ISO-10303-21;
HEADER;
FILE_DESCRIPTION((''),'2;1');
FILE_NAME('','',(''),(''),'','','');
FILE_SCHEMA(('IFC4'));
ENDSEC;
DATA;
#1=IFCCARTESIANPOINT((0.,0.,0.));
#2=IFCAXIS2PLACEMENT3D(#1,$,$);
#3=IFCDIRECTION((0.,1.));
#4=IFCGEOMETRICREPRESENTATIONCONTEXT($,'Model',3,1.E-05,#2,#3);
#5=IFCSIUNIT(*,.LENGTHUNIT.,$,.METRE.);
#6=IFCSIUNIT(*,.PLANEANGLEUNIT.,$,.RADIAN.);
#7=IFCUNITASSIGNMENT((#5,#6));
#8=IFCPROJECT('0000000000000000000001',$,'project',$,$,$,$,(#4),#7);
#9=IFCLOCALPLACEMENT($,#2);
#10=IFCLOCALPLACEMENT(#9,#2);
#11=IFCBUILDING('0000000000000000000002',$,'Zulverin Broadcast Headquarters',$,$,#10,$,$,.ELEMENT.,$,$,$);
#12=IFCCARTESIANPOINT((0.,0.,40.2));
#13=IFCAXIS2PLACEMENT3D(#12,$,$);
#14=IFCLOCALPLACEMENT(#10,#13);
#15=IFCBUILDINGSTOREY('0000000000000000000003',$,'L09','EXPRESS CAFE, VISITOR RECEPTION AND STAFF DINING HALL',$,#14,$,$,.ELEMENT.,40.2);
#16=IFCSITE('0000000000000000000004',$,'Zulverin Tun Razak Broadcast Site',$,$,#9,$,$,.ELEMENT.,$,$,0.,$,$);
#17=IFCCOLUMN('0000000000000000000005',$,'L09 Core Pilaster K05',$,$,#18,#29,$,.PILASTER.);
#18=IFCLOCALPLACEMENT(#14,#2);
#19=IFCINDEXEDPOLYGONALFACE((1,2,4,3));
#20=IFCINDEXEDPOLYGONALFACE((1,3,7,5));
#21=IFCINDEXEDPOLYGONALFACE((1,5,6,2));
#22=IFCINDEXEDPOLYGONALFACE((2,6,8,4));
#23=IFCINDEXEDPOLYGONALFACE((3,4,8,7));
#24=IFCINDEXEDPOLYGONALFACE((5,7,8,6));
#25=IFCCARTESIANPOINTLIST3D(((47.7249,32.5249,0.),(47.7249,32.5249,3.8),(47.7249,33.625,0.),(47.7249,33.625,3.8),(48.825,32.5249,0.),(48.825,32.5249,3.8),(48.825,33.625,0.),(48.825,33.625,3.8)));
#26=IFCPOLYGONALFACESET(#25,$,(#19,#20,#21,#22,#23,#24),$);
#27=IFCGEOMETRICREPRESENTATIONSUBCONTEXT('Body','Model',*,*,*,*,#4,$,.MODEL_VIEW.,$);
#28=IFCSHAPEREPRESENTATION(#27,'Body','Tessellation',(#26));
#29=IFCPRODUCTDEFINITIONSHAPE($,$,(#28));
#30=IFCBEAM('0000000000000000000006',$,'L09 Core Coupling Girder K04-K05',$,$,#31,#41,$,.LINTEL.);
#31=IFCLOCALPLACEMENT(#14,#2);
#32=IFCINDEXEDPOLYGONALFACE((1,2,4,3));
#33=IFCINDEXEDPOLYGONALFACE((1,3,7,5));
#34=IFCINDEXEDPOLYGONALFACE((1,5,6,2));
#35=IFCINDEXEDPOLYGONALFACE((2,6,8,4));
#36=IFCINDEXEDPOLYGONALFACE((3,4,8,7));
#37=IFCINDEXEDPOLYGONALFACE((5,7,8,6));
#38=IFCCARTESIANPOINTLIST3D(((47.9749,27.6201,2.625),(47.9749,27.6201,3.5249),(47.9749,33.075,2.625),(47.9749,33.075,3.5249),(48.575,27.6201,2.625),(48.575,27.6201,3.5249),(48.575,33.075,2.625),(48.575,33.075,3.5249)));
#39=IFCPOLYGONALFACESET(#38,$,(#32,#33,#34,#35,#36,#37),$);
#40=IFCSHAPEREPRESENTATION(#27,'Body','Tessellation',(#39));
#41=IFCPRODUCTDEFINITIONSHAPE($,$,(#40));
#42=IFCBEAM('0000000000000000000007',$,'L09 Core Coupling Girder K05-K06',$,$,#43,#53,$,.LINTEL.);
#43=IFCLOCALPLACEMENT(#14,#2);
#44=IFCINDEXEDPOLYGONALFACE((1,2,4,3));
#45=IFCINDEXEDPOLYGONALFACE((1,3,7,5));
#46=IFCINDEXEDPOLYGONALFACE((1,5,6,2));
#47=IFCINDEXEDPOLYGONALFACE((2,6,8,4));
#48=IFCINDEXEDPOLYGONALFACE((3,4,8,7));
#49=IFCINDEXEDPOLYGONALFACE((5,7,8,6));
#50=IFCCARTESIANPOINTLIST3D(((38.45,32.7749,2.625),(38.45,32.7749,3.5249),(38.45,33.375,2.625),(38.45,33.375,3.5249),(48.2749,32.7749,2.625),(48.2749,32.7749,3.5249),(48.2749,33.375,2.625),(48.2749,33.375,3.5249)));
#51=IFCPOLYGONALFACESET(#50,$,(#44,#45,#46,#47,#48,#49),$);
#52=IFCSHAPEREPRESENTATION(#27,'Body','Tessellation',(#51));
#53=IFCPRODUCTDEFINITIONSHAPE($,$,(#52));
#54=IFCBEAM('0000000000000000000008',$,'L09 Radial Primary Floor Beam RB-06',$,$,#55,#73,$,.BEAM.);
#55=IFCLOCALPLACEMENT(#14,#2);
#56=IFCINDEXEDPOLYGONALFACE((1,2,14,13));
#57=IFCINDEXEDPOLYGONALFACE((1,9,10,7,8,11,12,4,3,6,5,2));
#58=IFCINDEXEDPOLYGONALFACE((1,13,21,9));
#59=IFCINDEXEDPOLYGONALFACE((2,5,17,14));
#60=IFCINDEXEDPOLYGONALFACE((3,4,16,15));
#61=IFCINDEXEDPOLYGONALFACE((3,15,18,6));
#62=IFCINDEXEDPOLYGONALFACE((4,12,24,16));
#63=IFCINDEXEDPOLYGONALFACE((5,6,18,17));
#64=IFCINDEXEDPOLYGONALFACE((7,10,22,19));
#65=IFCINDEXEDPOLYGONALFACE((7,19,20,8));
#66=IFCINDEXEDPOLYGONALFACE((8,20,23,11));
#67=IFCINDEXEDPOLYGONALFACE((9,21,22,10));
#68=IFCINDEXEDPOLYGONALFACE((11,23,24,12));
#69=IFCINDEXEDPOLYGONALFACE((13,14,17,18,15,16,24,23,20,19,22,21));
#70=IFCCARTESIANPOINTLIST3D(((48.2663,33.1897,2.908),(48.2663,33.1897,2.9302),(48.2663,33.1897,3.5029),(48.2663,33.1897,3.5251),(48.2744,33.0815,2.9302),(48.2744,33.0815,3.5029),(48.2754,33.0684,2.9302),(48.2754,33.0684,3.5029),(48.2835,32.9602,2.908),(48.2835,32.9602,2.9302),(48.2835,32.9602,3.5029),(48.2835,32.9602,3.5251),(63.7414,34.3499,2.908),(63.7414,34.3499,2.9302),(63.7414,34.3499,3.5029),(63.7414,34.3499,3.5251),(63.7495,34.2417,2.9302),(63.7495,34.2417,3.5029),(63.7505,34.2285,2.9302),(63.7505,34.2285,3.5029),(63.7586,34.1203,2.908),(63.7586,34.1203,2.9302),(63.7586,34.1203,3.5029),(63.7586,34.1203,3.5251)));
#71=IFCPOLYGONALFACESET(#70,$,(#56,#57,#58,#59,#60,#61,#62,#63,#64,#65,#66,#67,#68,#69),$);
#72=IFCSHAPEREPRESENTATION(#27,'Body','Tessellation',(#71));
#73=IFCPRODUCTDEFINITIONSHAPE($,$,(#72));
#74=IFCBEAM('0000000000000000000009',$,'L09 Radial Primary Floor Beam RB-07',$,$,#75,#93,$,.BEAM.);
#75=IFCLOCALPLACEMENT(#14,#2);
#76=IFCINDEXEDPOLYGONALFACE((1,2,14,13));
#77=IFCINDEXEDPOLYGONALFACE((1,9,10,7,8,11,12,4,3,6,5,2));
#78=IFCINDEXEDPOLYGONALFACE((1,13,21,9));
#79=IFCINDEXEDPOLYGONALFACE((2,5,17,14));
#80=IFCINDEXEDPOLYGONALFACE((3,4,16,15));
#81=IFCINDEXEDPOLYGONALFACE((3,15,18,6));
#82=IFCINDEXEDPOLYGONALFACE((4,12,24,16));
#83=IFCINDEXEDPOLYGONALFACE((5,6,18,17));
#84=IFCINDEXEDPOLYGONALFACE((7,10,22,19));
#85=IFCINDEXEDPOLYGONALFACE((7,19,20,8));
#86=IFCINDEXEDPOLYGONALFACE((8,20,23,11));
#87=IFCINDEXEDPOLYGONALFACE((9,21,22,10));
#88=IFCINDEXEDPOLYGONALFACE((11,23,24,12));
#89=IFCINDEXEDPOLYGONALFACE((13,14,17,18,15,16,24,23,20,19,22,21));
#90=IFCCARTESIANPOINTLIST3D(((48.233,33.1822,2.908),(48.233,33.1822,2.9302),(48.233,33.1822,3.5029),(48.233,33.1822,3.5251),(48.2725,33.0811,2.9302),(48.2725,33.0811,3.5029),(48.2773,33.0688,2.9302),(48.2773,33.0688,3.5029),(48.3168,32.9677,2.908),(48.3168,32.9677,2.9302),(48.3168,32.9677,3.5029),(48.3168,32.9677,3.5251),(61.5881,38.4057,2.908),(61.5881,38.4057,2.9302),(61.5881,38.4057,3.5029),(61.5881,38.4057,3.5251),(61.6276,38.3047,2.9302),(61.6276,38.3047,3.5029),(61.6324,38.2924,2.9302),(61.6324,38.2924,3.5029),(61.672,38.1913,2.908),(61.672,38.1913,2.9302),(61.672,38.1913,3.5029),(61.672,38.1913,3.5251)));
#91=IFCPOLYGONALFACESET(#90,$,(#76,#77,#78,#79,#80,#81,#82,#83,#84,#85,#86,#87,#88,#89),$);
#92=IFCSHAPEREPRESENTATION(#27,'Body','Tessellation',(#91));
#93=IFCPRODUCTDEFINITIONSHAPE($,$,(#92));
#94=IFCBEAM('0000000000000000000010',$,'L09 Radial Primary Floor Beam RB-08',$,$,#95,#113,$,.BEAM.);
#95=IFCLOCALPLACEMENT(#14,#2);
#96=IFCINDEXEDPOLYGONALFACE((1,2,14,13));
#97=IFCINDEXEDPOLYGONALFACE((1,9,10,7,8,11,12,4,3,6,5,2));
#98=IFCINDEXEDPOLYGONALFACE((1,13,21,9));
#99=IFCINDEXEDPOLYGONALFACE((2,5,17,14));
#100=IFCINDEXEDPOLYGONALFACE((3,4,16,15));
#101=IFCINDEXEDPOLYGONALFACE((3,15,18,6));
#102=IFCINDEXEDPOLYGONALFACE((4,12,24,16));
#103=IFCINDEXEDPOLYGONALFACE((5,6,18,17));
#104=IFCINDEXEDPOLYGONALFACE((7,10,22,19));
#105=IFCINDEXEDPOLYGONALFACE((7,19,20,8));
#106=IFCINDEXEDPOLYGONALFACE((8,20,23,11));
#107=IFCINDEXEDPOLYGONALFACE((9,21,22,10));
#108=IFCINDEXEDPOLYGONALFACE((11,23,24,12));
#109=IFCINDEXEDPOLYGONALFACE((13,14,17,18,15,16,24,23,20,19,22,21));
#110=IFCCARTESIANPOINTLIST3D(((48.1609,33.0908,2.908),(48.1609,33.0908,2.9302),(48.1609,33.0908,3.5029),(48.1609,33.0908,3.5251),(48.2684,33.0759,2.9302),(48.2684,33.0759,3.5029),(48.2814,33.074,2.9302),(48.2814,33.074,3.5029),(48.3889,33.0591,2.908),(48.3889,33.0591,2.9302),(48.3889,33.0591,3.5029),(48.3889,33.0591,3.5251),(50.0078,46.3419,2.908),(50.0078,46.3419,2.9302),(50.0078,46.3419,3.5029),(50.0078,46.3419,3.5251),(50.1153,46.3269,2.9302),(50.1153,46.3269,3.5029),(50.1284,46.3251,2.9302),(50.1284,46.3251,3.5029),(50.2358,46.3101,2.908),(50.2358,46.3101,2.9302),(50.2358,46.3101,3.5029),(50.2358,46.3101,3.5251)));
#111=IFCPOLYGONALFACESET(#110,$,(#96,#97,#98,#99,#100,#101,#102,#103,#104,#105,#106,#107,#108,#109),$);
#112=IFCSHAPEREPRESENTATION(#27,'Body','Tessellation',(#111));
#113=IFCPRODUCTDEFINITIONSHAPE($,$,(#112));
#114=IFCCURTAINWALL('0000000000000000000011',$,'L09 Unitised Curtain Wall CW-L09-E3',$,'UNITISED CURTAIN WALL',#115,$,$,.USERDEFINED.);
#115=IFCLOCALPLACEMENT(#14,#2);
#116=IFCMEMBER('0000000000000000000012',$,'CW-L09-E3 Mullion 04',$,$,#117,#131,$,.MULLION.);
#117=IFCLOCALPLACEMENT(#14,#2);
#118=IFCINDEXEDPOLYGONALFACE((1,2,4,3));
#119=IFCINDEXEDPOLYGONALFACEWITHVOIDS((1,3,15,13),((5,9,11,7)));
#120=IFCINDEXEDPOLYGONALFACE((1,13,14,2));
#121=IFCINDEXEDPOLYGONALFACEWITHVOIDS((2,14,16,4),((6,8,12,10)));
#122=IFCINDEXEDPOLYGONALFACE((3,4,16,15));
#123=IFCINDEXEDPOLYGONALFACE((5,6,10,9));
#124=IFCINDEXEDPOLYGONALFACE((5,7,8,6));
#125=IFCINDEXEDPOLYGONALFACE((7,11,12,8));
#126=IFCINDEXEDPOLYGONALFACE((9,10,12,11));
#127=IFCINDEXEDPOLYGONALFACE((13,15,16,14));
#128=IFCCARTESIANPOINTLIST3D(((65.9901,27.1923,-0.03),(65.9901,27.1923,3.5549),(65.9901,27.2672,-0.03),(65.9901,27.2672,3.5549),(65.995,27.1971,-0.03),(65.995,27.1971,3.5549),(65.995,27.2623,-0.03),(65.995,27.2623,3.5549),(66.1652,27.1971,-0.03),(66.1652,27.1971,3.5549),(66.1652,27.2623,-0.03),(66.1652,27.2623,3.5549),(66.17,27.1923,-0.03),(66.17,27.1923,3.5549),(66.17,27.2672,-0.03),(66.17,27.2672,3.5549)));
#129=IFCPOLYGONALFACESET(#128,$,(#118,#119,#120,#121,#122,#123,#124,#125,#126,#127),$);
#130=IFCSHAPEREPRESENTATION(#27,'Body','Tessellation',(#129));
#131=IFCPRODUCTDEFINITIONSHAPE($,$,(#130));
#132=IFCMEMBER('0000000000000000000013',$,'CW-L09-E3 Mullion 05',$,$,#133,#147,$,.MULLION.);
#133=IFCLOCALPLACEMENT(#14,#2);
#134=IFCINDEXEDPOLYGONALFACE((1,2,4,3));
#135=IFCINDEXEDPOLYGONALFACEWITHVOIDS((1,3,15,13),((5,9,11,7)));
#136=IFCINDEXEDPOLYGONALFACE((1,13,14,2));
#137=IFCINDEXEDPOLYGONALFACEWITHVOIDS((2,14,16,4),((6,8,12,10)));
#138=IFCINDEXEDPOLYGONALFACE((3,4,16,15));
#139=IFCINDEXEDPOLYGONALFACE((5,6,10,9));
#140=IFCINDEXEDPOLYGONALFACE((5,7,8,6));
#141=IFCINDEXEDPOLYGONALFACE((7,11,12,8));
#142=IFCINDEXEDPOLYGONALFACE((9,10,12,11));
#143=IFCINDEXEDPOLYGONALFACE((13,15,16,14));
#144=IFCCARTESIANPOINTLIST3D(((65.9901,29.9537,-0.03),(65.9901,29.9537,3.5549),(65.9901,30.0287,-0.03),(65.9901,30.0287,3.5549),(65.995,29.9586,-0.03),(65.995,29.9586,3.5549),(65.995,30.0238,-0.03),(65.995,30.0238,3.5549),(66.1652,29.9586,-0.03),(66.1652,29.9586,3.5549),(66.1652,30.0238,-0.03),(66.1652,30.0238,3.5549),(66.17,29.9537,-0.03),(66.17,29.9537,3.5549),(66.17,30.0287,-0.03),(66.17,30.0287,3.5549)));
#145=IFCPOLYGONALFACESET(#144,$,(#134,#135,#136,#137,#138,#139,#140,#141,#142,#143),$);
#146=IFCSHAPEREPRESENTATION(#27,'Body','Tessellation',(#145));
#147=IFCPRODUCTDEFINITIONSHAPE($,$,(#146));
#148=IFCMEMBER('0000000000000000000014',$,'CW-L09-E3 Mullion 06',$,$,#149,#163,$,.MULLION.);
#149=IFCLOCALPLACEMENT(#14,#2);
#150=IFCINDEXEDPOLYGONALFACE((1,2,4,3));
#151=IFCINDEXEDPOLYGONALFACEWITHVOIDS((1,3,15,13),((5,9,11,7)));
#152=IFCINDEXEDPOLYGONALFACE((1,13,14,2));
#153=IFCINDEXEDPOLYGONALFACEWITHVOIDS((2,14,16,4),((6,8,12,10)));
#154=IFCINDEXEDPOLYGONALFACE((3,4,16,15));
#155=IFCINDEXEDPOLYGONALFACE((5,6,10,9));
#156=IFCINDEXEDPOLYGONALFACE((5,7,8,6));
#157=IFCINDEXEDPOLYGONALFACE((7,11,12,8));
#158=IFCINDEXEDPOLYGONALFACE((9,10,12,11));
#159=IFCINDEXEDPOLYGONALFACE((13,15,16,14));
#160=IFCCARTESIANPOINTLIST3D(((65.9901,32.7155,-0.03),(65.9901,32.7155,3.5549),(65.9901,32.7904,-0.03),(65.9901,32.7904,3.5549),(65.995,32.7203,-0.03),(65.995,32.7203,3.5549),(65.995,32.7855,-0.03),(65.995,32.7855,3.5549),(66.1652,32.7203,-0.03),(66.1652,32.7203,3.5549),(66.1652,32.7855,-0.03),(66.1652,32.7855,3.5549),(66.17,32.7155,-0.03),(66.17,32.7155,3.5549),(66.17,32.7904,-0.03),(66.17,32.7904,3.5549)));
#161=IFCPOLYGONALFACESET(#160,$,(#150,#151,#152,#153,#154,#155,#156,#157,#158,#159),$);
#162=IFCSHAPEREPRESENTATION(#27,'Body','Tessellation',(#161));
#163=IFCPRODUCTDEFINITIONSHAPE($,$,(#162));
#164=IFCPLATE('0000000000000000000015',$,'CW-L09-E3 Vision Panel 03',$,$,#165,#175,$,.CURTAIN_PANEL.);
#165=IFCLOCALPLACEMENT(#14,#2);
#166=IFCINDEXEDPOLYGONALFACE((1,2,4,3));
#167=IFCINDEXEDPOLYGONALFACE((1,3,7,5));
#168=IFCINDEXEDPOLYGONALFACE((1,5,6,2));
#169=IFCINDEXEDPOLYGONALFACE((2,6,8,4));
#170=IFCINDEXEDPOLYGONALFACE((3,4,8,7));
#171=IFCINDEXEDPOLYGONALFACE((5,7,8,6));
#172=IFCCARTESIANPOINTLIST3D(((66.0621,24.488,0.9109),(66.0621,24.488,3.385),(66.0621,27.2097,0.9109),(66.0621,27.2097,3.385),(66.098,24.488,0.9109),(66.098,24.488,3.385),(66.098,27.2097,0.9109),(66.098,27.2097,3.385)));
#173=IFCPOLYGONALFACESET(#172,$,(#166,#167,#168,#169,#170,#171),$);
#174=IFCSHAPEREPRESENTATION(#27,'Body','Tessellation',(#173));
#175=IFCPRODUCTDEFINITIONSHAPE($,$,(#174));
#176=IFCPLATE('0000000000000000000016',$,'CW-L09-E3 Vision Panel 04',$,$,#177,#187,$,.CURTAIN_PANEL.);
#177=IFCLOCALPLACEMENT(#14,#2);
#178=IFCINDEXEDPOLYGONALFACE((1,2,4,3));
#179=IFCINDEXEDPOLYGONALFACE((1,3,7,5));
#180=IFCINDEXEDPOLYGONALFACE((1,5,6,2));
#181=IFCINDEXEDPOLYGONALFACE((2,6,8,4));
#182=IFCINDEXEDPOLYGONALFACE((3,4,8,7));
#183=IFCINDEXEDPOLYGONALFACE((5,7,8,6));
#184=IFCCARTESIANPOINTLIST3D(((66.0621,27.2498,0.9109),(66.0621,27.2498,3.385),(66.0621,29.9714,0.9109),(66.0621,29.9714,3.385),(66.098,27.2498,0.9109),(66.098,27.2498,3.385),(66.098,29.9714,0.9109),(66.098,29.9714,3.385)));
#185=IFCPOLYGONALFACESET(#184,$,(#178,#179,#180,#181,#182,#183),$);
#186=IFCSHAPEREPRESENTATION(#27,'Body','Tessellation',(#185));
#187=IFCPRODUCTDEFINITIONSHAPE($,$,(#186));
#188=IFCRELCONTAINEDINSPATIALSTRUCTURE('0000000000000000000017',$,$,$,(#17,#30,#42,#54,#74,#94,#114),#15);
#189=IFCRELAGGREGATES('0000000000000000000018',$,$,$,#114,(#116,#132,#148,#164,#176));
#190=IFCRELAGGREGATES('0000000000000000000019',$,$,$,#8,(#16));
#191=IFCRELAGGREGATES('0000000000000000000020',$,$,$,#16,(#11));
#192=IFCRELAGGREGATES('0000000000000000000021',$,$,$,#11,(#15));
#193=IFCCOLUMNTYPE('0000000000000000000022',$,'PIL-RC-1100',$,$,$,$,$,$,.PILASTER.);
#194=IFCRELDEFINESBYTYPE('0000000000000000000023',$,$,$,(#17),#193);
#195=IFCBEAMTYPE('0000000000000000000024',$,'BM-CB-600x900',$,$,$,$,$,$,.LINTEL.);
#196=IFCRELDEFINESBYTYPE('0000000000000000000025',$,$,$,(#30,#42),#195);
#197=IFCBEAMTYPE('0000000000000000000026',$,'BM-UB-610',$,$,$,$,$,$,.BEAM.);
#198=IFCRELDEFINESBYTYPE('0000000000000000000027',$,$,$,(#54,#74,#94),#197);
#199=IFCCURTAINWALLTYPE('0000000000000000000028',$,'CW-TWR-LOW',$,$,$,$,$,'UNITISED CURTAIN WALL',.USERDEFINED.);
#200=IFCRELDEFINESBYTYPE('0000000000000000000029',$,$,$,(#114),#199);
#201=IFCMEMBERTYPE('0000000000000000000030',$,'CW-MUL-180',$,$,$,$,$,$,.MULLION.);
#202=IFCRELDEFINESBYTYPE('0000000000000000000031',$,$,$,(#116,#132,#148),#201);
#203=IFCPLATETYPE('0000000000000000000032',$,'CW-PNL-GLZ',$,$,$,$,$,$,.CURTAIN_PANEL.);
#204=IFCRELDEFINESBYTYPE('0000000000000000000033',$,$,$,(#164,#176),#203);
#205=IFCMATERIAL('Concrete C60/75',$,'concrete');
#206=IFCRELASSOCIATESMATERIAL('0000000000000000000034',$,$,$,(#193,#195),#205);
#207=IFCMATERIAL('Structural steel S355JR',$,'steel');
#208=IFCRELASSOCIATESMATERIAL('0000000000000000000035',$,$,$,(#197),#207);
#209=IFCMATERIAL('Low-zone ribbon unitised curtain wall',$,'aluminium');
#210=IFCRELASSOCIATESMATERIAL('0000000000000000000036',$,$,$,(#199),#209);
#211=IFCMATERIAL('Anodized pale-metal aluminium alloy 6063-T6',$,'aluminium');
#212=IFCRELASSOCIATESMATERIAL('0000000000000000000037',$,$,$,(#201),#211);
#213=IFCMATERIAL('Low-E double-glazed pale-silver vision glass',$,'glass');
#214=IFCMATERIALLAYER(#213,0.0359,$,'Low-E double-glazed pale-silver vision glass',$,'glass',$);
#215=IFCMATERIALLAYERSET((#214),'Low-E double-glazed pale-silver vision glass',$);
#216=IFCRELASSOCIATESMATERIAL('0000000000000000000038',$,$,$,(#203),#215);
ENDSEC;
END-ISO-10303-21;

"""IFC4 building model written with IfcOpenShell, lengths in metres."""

from ifc_helpers import new_model, si_unit, direction, frame, origin, origin_2d, place, context, subcontext, project, spatial, rectangle, hollow_rectangle, i_section, extrude, material, layer, layer_set, material_profile, profile_set, type_object, element, aggregate, save


model = new_model("IFC4")

# Units and contexts
model_context = context("Model", 3, precision=1e-05, world=origin(), true_north=direction((0.0, 1.0)))
body_context = subcontext(model_context, "Body", "Model", "MODEL_VIEW")
ifc_project = project(units=[si_unit("LENGTHUNIT", "METRE"), si_unit("PLANEANGLEUNIT", "RADIAN")], contexts=[model_context])

# Site, building, storey
site_placement = place(None, origin())
site = spatial("IfcSite", under=ifc_project, at=site_placement, Name="Zulverin Tun Razak Broadcast Site", CompositionType="ELEMENT", RefElevation=0.0)
building_placement = place(site_placement, origin())
building = spatial("IfcBuilding", under=site, at=building_placement, Name="Zulverin Broadcast Headquarters", CompositionType="ELEMENT")
storey_placement = place(building_placement, frame((0.0, 0.0, 40.2)))
storey = spatial("IfcBuildingStorey", under=building, at=storey_placement, Name="L09", Description="EXPRESS CAFE, VISITOR RECEPTION AND STAFF DINING HALL", CompositionType="ELEMENT", Elevation=40.2)

# Column
ifc_material_1 = material(Name="Concrete C60/75", Category="concrete")
ifc_material_profile_1 = material_profile(ifc_material_1, rectangle(XDim=1.1001, YDim=1.1001, at=origin_2d()), Name="Concrete C60/75", Category="concrete")
ifc_profile_set_1 = profile_set([ifc_material_profile_1], Name="Concrete C60/75")
column_type = type_object("IfcColumnType", Name="PIL-RC-1100", PredefinedType="PILASTER", material=ifc_profile_set_1)
column_placement = place(storey_placement, frame((48.2749, 33.075, 0.0), z_axis=(0.0, 0.0, 1.0), x_axis=(1.0, 0.0, 0.0)))
element("IfcColumn", 1, at=column_placement, inside=storey, type_object=column_type, Name="L09 Core Pilaster K05", PredefinedType="PILASTER", context=body_context, shape_type="SweptSolid", body=[
    extrude(rectangle(XDim=1.1001, YDim=1.1001, at=origin_2d()), origin(), (0.0, 0.0, 1.0), 3.8),
])

# Beams
ifc_material_profile_2 = material_profile(ifc_material_1, rectangle(XDim=0.6001, YDim=0.8999, at=origin_2d()), Name="Concrete C60/75", Category="concrete")
ifc_profile_set_2 = profile_set([ifc_material_profile_2], Name="Concrete C60/75")
beam_type_1 = type_object("IfcBeamType", Name="BM-CB-600x900", PredefinedType="LINTEL", material=ifc_profile_set_2)
beam_1_placement = place(storey_placement, frame((48.2749, 27.6201, 3.075), z_axis=(0.0, 1.0, 0.0), x_axis=(-1.0, 0.0, 0.0)))
element("IfcBeam", 2, at=beam_1_placement, inside=storey, type_object=beam_type_1, Name="L09 Core Coupling Girder K04-K05", PredefinedType="LINTEL", context=body_context, shape_type="SweptSolid", body=[
    extrude(rectangle(XDim=0.6001, YDim=0.8999, at=origin_2d()), origin(), (0.0, 0.0, 1.0), 5.4548),
])
beam_2_placement = place(storey_placement, frame((48.2749, 33.075, 3.075), z_axis=(-1.0, 0.0, 0.0), x_axis=(0.0, -1.0, 0.0)))
element("IfcBeam", 3, at=beam_2_placement, inside=storey, type_object=beam_type_1, Name="L09 Core Coupling Girder K05-K06", PredefinedType="LINTEL", context=body_context, shape_type="SweptSolid", body=[
    extrude(rectangle(XDim=0.6001, YDim=0.8999, at=origin_2d()), origin(), (0.0, 0.0, 1.0), 9.825),
])
ifc_material_2 = material(Name="Structural steel S355JR", Category="steel")
ifc_material_profile_3 = material_profile(ifc_material_2, i_section(OverallWidth=0.2302, OverallDepth=0.6172, WebThickness=0.0132, FlangeThickness=0.0222, at=origin_2d()), Name="Structural steel S355JR", Category="steel")
ifc_profile_set_3 = profile_set([ifc_material_profile_3], Name="Structural steel S355JR")
beam_type_2 = type_object("IfcBeamType", Name="BM-UB-610", PredefinedType="BEAM", material=ifc_profile_set_3)
beam_3_placement = place(storey_placement, frame((48.2749, 33.075, 3.2166), z_axis=(0.997202, 0.074759, 0.0), x_axis=(-0.074759, 0.997202, 0.0)))
element("IfcBeam", 4, at=beam_3_placement, inside=storey, type_object=beam_type_2, Name="L09 Radial Primary Floor Beam RB-06", PredefinedType="BEAM", context=body_context, shape_type="SweptSolid", body=[
    extrude(i_section(OverallWidth=0.2302, OverallDepth=0.6172, WebThickness=0.0132, FlangeThickness=0.0222, at=origin_2d()), origin(), (0.0, 0.0, 1.0), 15.5186),
])
beam_4_placement = place(storey_placement, frame((48.2749, 33.075, 3.2166), z_axis=(0.931298, 0.364259, 0.0), x_axis=(-0.364259, 0.931298, 0.0)))
element("IfcBeam", 5, at=beam_4_placement, inside=storey, type_object=beam_type_2, Name="L09 Radial Primary Floor Beam RB-07", PredefinedType="BEAM", context=body_context, shape_type="SweptSolid", body=[
    extrude(i_section(OverallWidth=0.2302, OverallDepth=0.6172, WebThickness=0.0132, FlangeThickness=0.0222, at=origin_2d()), origin(), (0.0, 0.0, 1.0), 14.3403),
])
beam_5_placement = place(storey_placement, frame((48.2749, 33.075, 3.2166), z_axis=(0.138046, 0.990426, 0.0), x_axis=(-0.990426, 0.138046, 0.0)))
element("IfcBeam", 6, at=beam_5_placement, inside=storey, type_object=beam_type_2, Name="L09 Radial Primary Floor Beam RB-08", PredefinedType="BEAM", context=body_context, shape_type="SweptSolid", body=[
    extrude(i_section(OverallWidth=0.2302, OverallDepth=0.6172, WebThickness=0.0132, FlangeThickness=0.0222, at=origin_2d()), origin(), (0.0, 0.0, 1.0), 13.3792),
])

# Curtain wall, members, plates
ifc_material_3 = material(Name="Low-zone ribbon unitised curtain wall", Category="aluminium")
curtain_wall_type = type_object("IfcCurtainWallType", Name="CW-TWR-LOW", ElementType="UNITISED CURTAIN WALL", PredefinedType="USERDEFINED", material=ifc_material_3)
curtain_wall_placement = place(storey_placement, origin())
curtain_wall = element("IfcCurtainWall", 7, at=curtain_wall_placement, inside=storey, type_object=curtain_wall_type, Name="L09 Unitised Curtain Wall CW-L09-E3", ObjectType="UNITISED CURTAIN WALL", PredefinedType="USERDEFINED")
ifc_material_4 = material(Name="Anodized pale-metal aluminium alloy 6063-T6", Category="aluminium")
ifc_material_profile_4 = material_profile(ifc_material_4, hollow_rectangle(XDim=0.075, YDim=0.1799, WallThickness=0.0049, at=origin_2d()), Name="Anodized pale-metal aluminium alloy 6063-T6", Category="aluminium")
ifc_profile_set_4 = profile_set([ifc_material_profile_4], Name="Anodized pale-metal aluminium alloy 6063-T6")
member_type = type_object("IfcMemberType", Name="CW-MUL-180", PredefinedType="MULLION", material=ifc_profile_set_4)
member_1_placement = place(storey_placement, frame((66.0801, 27.2297, -0.03), z_axis=(0.0, 0.0, 1.0), x_axis=(0.0, 1.0, 0.0)))
member_1 = element("IfcMember", 8, at=member_1_placement, type_object=member_type, Name="CW-L09-E3 Mullion 04", PredefinedType="MULLION", context=body_context, shape_type="SweptSolid", body=[
    extrude(hollow_rectangle(XDim=0.075, YDim=0.1799, WallThickness=0.0049, at=origin_2d()), origin(), (0.0, 0.0, 1.0), 3.585),
])
member_2_placement = place(storey_placement, frame((66.0801, 29.9912, -0.03), z_axis=(0.0, 0.0, 1.0), x_axis=(0.0, 1.0, 0.0)))
member_2 = element("IfcMember", 9, at=member_2_placement, type_object=member_type, Name="CW-L09-E3 Mullion 05", PredefinedType="MULLION", context=body_context, shape_type="SweptSolid", body=[
    extrude(hollow_rectangle(XDim=0.075, YDim=0.1799, WallThickness=0.0049, at=origin_2d()), origin(), (0.0, 0.0, 1.0), 3.585),
])
member_3_placement = place(storey_placement, frame((66.0801, 32.7529, -0.03), z_axis=(0.0, 0.0, 1.0), x_axis=(0.0, 1.0, 0.0)))
member_3 = element("IfcMember", 10, at=member_3_placement, type_object=member_type, Name="CW-L09-E3 Mullion 06", PredefinedType="MULLION", context=body_context, shape_type="SweptSolid", body=[
    extrude(hollow_rectangle(XDim=0.075, YDim=0.1799, WallThickness=0.0049, at=origin_2d()), origin(), (0.0, 0.0, 1.0), 3.585),
])
ifc_material_5 = material(Name="Low-E double-glazed pale-silver vision glass", Category="glass")
ifc_layer_1 = layer(ifc_material_5, 0.0359, Name="Low-E double-glazed pale-silver vision glass", Category="glass")
ifc_layer_set_1 = layer_set([ifc_layer_1], Name="Low-E double-glazed pale-silver vision glass")
plate_type_1 = type_object("IfcPlateType", Name="CW-PNL-GLZ", PredefinedType="CURTAIN_PANEL", material=ifc_layer_set_1)
plate_1_placement = place(storey_placement, frame((66.0801, 25.8489, 0.9109), z_axis=(0.0, 0.0, 1.0), x_axis=(0.0, 1.0, 0.0)))
plate_1 = element("IfcPlate", 11, at=plate_1_placement, type_object=plate_type_1, Name="CW-L09-E3 Vision Panel 03", PredefinedType="CURTAIN_PANEL", context=body_context, shape_type="SweptSolid", body=[
    extrude(rectangle(XDim=2.7217, YDim=0.0359, at=origin_2d()), origin(), (0.0, 0.0, 1.0), 2.4741),
])
plate_2_placement = place(storey_placement, frame((66.0801, 28.6106, 0.9109), z_axis=(0.0, 0.0, 1.0), x_axis=(0.0, 1.0, 0.0)))
plate_2 = element("IfcPlate", 12, at=plate_2_placement, type_object=plate_type_1, Name="CW-L09-E3 Vision Panel 04", PredefinedType="CURTAIN_PANEL", context=body_context, shape_type="SweptSolid", body=[
    extrude(rectangle(XDim=2.7217, YDim=0.0359, at=origin_2d()), origin(), (0.0, 0.0, 1.0), 2.4741),
])
aggregate(curtain_wall, [member_1, member_2, member_3, plate_1, plate_2])

save(model, "model.ifc")
